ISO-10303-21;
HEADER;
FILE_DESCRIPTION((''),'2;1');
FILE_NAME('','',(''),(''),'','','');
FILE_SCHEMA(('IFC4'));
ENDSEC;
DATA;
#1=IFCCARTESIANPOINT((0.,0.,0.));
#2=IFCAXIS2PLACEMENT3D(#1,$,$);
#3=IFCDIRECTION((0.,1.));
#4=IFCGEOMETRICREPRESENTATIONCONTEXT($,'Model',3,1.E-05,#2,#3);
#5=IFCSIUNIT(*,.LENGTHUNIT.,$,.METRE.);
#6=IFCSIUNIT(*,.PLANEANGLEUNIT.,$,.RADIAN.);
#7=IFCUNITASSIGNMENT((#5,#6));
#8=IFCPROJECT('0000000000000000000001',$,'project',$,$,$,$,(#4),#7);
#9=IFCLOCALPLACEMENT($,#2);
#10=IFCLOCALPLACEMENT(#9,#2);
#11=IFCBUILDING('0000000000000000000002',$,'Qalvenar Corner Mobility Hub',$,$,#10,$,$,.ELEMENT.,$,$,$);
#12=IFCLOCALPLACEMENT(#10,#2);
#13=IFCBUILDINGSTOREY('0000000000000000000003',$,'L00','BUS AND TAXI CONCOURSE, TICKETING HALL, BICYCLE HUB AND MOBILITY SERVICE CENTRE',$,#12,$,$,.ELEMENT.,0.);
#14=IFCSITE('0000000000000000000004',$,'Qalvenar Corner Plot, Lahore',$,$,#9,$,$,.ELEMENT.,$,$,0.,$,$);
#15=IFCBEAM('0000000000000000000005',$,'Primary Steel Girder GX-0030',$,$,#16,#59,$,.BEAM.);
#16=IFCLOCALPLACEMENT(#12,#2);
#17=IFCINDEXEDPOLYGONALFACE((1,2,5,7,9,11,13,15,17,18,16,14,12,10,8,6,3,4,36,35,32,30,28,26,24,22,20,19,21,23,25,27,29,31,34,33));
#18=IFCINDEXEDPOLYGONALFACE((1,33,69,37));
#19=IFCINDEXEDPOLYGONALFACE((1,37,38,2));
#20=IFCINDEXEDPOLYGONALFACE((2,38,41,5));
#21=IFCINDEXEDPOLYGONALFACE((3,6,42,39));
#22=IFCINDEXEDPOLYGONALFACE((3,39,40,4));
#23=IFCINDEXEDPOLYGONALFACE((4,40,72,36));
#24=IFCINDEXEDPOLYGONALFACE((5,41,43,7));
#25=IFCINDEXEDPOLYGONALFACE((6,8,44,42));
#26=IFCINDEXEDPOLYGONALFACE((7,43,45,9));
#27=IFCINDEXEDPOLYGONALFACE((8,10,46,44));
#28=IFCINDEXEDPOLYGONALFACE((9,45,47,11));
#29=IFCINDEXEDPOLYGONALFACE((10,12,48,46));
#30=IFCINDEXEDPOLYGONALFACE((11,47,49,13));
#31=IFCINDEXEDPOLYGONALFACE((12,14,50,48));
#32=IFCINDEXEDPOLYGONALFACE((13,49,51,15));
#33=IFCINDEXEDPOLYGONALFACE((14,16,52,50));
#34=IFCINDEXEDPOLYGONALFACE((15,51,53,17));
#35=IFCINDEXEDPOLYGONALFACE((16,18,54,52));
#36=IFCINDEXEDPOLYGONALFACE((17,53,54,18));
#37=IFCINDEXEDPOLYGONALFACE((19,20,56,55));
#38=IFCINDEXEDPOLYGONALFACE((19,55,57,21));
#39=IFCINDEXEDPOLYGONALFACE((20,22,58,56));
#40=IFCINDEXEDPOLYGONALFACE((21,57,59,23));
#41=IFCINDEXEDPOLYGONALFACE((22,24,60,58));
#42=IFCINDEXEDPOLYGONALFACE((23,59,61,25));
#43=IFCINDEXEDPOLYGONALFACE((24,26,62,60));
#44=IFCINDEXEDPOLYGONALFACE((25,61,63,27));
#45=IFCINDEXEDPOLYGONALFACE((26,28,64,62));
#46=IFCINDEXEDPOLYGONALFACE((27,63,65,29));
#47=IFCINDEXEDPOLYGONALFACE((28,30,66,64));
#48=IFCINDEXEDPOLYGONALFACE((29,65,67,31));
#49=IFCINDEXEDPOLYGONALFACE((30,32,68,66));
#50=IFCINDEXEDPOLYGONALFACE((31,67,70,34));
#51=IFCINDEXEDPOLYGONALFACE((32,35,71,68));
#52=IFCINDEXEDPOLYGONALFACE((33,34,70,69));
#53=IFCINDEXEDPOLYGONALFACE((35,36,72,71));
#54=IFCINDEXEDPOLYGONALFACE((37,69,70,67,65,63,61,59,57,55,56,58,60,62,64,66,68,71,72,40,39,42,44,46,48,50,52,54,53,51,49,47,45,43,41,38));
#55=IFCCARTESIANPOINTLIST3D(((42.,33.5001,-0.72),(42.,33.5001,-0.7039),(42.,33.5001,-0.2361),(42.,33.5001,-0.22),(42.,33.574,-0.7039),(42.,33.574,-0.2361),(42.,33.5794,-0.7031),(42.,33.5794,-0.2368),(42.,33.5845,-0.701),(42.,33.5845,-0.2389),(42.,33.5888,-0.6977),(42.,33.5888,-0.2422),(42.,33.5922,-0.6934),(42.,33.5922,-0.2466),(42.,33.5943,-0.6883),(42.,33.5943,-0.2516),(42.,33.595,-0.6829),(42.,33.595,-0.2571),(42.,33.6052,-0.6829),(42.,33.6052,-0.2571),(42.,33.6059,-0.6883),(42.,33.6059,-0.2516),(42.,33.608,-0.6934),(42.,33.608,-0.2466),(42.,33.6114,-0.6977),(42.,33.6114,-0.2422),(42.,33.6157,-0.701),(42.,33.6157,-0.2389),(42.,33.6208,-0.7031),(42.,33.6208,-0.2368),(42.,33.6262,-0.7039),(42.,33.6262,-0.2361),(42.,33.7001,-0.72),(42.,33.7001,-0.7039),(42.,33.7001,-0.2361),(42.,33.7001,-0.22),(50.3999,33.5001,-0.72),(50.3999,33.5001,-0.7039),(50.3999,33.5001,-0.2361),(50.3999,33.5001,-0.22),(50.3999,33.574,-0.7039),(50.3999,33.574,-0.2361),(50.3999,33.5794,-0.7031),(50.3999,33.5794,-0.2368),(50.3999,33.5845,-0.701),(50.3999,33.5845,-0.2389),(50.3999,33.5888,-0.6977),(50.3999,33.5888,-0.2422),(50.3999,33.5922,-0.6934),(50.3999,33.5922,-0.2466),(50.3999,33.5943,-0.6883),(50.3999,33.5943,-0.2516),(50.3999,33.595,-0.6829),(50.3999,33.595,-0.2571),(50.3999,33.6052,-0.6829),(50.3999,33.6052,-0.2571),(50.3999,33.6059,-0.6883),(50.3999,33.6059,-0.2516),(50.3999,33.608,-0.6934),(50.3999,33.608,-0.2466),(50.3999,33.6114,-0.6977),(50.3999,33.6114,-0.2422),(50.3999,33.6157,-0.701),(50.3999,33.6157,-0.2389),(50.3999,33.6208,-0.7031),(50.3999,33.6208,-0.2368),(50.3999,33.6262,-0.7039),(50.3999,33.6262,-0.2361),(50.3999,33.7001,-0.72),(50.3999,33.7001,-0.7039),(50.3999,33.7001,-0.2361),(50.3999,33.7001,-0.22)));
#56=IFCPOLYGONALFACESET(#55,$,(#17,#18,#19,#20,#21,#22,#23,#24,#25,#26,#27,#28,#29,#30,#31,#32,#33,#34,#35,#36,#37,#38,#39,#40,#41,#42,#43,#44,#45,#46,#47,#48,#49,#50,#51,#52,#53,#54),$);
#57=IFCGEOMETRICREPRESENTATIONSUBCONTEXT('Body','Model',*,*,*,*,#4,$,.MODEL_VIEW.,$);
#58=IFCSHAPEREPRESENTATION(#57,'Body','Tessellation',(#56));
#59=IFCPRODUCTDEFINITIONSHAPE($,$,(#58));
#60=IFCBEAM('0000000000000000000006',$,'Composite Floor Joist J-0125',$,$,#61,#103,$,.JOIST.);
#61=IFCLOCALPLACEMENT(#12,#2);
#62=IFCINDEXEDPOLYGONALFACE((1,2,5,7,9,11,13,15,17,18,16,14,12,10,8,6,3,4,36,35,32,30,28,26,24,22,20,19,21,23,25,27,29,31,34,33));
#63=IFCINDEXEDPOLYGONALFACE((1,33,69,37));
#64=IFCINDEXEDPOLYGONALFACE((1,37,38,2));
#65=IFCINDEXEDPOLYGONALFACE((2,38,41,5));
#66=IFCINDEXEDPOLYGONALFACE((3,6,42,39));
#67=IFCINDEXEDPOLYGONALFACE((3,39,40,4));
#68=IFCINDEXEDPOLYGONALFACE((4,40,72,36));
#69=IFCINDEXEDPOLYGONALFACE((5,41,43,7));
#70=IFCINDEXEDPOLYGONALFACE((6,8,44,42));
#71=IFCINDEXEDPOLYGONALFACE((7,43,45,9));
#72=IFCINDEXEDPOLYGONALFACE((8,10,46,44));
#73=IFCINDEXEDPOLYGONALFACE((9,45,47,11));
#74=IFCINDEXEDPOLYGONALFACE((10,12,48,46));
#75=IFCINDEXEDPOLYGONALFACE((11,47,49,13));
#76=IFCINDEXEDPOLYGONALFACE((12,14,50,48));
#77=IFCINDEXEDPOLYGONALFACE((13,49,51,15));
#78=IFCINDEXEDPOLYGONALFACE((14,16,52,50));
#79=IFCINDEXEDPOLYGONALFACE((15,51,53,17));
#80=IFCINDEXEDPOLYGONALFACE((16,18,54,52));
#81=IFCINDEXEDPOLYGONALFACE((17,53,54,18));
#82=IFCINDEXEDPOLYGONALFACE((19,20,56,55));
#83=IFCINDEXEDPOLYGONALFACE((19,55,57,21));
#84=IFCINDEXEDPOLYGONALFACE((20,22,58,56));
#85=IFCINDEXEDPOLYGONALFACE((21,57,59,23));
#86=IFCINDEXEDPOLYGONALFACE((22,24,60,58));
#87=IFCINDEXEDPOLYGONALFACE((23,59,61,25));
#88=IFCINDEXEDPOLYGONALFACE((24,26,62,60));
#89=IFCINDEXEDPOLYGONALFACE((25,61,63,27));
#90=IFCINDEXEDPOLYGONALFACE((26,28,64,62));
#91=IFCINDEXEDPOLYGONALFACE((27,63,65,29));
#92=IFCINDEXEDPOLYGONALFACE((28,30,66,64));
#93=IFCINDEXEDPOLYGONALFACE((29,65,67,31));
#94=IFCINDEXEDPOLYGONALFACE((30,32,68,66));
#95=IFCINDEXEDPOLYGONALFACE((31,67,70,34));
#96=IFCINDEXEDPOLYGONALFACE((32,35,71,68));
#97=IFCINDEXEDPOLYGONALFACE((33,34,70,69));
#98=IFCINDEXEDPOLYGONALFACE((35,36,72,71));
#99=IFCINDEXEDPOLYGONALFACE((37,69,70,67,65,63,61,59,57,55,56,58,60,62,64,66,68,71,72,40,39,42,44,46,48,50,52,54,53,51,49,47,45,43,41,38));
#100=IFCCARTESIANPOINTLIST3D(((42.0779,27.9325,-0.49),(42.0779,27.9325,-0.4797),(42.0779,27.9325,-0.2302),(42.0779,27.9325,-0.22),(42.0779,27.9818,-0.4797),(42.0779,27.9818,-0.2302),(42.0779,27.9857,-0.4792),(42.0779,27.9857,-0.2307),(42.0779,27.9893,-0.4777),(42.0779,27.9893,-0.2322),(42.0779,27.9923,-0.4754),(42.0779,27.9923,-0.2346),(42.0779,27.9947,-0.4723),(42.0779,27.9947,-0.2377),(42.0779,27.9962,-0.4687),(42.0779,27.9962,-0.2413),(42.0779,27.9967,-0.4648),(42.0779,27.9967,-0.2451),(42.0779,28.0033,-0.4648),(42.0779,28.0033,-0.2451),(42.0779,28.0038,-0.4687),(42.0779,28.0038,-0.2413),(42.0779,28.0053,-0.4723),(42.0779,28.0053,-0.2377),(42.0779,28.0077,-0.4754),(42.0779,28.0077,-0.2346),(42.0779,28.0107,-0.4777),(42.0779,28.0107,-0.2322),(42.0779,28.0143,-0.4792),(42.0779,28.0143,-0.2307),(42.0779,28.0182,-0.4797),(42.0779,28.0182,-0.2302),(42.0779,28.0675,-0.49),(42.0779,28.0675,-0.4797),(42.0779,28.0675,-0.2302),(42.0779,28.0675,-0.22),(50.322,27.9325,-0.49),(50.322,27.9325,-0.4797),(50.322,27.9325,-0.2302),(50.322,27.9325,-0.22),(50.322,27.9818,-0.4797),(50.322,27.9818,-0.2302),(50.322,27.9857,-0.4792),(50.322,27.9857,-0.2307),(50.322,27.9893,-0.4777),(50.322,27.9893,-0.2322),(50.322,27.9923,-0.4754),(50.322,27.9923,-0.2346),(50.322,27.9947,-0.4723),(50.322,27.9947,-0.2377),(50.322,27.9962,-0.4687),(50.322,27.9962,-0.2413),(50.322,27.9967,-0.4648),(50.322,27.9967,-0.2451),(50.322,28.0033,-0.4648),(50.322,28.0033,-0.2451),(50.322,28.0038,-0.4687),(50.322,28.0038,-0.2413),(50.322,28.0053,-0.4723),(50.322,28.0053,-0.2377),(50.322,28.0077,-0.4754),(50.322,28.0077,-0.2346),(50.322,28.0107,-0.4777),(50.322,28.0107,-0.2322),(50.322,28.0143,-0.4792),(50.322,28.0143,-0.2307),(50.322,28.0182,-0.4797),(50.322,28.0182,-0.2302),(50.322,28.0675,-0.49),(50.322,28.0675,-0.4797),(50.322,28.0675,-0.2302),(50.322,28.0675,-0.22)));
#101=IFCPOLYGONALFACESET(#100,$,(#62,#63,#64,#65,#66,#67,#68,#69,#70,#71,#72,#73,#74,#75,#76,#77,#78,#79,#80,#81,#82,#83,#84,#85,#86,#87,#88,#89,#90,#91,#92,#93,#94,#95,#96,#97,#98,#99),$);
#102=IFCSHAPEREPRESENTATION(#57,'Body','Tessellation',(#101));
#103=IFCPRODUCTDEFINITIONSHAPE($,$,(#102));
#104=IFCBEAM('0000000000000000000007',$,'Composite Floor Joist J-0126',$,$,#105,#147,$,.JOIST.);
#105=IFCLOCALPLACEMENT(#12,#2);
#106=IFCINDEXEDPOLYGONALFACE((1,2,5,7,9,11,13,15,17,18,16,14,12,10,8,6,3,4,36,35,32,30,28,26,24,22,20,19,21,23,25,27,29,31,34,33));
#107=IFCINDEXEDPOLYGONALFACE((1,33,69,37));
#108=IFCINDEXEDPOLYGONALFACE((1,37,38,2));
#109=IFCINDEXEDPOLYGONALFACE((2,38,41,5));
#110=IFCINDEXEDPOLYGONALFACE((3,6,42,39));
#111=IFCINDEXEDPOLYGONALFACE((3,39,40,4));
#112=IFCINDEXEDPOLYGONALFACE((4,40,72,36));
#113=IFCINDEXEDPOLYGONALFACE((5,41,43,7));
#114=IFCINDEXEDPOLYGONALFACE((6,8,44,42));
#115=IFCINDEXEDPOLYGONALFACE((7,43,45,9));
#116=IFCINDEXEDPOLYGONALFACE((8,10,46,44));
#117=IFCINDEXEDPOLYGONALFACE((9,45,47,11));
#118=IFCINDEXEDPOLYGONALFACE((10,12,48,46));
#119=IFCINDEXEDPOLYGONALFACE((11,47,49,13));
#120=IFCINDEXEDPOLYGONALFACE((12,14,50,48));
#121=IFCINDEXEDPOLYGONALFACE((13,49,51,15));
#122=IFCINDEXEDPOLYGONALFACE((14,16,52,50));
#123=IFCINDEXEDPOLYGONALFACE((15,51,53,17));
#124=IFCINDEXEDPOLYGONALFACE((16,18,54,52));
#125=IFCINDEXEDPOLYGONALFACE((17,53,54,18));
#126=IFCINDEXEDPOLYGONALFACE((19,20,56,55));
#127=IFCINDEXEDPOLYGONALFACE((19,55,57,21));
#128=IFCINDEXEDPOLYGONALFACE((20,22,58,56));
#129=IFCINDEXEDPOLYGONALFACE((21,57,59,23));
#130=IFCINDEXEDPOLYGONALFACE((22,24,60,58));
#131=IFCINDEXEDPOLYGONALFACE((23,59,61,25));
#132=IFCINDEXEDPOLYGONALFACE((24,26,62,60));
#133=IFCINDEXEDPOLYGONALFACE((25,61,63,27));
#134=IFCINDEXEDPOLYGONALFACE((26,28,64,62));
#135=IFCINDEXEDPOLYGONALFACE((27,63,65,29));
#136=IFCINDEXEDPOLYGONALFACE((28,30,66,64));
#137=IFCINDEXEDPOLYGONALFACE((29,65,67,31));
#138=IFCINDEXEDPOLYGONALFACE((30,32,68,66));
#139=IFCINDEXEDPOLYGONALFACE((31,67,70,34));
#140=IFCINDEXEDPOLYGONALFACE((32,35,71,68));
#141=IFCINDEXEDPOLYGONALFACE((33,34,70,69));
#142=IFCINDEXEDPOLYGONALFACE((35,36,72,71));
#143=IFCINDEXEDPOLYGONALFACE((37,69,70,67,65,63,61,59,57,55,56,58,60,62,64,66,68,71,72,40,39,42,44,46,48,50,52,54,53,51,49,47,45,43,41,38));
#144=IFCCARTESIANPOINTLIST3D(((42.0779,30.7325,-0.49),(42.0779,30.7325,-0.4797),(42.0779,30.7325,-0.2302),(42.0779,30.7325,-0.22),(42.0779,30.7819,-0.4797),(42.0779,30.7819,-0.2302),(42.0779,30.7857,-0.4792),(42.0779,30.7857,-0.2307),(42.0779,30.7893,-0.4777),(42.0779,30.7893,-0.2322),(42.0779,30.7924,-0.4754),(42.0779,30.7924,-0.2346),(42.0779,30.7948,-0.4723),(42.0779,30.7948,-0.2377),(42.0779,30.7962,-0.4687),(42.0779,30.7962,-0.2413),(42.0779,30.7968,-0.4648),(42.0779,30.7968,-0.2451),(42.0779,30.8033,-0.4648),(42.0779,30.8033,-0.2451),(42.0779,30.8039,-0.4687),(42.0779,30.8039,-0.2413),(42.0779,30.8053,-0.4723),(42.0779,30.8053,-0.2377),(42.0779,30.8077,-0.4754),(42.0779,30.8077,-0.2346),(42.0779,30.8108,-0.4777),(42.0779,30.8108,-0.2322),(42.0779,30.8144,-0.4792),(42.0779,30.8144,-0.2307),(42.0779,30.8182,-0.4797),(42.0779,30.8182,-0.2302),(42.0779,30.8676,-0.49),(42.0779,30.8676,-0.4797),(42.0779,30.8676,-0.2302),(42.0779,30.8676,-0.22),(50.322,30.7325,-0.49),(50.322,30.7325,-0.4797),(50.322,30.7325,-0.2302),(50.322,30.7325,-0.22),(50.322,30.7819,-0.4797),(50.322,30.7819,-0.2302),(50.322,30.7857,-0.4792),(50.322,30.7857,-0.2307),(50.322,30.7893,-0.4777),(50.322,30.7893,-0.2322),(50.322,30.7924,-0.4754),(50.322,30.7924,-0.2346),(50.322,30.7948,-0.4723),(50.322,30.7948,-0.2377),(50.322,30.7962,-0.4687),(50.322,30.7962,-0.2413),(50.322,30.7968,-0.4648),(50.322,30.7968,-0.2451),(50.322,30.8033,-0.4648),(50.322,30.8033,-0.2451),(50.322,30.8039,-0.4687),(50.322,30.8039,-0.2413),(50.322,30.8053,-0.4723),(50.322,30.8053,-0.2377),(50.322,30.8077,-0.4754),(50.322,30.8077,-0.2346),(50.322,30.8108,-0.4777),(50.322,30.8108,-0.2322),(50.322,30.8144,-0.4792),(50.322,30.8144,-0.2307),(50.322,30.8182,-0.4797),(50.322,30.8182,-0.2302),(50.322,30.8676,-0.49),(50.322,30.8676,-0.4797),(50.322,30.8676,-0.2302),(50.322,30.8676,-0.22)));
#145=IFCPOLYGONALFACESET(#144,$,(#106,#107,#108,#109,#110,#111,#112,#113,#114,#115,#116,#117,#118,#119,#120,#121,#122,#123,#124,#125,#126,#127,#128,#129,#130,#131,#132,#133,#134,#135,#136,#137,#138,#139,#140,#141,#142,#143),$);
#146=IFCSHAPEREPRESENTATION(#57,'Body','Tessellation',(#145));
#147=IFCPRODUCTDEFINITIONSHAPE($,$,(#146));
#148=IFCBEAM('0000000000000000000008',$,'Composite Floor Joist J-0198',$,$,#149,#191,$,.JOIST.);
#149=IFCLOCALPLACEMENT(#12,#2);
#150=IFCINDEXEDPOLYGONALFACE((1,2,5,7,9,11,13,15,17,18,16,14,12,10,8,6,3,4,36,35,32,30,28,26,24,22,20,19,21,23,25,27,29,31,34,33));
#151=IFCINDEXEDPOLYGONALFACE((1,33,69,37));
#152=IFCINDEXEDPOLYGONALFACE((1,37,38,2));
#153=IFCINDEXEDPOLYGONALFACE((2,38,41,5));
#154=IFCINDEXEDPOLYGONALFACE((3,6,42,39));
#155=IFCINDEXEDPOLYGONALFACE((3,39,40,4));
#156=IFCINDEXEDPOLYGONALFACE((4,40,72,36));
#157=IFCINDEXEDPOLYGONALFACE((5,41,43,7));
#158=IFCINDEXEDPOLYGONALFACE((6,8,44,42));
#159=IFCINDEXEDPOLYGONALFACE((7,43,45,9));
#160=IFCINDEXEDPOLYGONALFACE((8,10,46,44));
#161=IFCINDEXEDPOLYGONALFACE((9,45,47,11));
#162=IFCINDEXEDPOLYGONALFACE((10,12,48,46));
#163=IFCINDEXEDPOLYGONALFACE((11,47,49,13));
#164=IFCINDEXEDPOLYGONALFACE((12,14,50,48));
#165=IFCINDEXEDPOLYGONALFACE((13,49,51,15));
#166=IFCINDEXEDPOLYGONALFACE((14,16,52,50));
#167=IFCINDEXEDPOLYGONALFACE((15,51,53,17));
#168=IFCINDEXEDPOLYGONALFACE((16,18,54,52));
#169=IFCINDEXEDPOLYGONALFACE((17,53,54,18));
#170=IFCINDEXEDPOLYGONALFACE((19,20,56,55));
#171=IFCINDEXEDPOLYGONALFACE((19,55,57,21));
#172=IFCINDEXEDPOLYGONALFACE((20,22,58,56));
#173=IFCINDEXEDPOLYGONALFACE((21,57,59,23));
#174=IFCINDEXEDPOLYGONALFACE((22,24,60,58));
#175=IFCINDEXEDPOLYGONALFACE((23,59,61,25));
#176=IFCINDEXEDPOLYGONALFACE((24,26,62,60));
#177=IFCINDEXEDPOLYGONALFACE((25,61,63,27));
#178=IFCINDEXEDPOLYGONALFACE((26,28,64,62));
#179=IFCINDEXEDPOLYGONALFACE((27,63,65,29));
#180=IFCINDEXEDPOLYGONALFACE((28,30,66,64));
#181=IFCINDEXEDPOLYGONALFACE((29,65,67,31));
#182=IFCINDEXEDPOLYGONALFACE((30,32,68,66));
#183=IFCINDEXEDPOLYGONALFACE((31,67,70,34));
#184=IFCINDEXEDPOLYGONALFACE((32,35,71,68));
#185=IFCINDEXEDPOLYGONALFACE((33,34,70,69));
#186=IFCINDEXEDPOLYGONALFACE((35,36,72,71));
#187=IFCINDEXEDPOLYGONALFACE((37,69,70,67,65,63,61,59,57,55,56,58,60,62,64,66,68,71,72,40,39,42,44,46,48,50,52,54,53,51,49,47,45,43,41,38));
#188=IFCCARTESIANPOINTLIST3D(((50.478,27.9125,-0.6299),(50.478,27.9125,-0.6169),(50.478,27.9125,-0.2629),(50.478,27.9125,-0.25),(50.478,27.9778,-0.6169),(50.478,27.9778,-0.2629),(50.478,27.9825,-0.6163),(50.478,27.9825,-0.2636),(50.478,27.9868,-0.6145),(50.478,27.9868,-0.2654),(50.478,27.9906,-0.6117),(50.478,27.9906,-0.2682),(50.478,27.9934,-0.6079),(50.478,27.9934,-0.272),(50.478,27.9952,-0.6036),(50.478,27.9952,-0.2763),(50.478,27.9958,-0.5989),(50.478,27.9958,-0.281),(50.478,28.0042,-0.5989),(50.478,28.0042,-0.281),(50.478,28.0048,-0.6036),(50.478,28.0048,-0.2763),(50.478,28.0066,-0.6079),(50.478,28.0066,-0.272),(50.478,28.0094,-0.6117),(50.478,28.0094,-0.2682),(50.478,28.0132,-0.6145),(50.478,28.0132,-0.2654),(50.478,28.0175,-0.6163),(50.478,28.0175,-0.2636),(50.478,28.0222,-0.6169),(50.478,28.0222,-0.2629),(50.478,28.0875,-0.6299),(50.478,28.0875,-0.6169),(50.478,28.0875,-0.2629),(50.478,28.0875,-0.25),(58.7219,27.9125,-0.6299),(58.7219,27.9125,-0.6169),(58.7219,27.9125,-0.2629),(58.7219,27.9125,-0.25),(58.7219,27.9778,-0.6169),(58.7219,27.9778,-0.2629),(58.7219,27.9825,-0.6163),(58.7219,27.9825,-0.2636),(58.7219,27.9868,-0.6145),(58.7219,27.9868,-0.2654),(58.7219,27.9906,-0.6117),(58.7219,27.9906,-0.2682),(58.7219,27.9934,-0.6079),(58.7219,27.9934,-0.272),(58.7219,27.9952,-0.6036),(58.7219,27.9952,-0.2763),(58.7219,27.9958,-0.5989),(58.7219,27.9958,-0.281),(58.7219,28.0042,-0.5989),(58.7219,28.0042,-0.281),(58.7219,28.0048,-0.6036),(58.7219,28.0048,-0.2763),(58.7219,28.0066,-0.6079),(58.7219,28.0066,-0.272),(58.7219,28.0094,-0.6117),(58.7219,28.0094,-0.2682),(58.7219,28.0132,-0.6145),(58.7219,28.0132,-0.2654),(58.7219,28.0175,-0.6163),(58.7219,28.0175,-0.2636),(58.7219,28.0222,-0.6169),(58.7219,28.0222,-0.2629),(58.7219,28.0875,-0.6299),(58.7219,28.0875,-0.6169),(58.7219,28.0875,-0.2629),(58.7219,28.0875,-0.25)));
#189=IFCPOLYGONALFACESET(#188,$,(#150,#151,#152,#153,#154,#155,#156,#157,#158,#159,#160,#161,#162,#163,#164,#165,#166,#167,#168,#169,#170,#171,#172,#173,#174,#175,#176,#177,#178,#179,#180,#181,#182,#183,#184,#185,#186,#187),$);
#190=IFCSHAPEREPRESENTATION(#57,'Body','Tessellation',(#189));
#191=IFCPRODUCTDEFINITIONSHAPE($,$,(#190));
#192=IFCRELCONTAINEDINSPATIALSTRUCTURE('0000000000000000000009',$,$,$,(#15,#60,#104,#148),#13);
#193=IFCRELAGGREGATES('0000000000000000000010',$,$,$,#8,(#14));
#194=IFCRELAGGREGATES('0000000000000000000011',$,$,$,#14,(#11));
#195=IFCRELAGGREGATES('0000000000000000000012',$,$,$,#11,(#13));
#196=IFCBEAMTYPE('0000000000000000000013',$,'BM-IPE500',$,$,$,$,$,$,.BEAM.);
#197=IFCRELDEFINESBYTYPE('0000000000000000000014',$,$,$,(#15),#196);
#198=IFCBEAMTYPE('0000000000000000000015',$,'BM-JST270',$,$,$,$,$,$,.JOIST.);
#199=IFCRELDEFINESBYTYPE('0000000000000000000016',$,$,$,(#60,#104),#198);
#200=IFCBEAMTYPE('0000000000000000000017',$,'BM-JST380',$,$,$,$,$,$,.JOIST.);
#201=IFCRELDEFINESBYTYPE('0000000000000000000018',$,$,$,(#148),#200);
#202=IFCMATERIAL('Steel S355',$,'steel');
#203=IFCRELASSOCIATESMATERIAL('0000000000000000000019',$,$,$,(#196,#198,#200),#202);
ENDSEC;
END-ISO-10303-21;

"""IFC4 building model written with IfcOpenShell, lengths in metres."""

from ifc_helpers import new_model, si_unit, direction, frame, origin, origin_2d, place, context, subcontext, project, spatial, i_section, extrude, material, material_profile, profile_set, type_object, element, save


model = new_model("IFC4")

# Units and contexts
model_context = context("Model", 3, precision=1e-05, world=origin(), true_north=direction((0.0, 1.0)))
body_context = subcontext(model_context, "Body", "Model", "MODEL_VIEW")
ifc_project = project(units=[si_unit("LENGTHUNIT", "METRE"), si_unit("PLANEANGLEUNIT", "RADIAN")], contexts=[model_context])

# Site, building, storey
site_placement = place(None, origin())
site = spatial("IfcSite", under=ifc_project, at=site_placement, Name="Qalvenar Corner Plot, Lahore", CompositionType="ELEMENT", RefElevation=0.0)
building_placement = place(site_placement, origin())
building = spatial("IfcBuilding", under=site, at=building_placement, Name="Qalvenar Corner Mobility Hub", CompositionType="ELEMENT")
storey_placement = place(building_placement, origin())
storey = spatial("IfcBuildingStorey", under=building, at=storey_placement, Name="L00", Description="BUS AND TAXI CONCOURSE, TICKETING HALL, BICYCLE HUB AND MOBILITY SERVICE CENTRE", CompositionType="ELEMENT", Elevation=0.0)

# Shared definitions
ifc_material_1 = material(Name="Steel S355", Category="steel")

# Beams
ifc_material_profile_1 = material_profile(ifc_material_1, i_section(OverallWidth=0.2, OverallDepth=0.5, WebThickness=0.0103, FlangeThickness=0.0161, FilletRadius=0.021, at=origin_2d()), Name="IPE500")
ifc_profile_set_1 = profile_set([ifc_material_profile_1], Name="Steel S355")
beam_type_1 = type_object("IfcBeamType", Name="BM-IPE500", PredefinedType="BEAM", material=ifc_profile_set_1)
beam_1_placement = place(storey_placement, frame((42.0, 33.6001, -0.47), z_axis=(1.0, 0.0, 0.0), x_axis=(0.0, 1.0, 0.0)))
element("IfcBeam", 1, at=beam_1_placement, inside=storey, type_object=beam_type_1, Name="Primary Steel Girder GX-0030", PredefinedType="BEAM", context=body_context, shape_type="SweptSolid", body=[
    extrude(i_section(OverallWidth=0.2, OverallDepth=0.5, WebThickness=0.0103, FlangeThickness=0.0161, FilletRadius=0.021, at=origin_2d()), origin(), (0.0, 0.0, 1.0), 8.3999),
])
ifc_material_profile_2 = material_profile(ifc_material_1, i_section(OverallWidth=0.135, OverallDepth=0.27, WebThickness=0.0066, FlangeThickness=0.0103, FilletRadius=0.0149, at=origin_2d()), Name="IPE270")
ifc_profile_set_2 = profile_set([ifc_material_profile_2], Name="Steel S355")
beam_type_2 = type_object("IfcBeamType", Name="BM-JST270", PredefinedType="JOIST", material=ifc_profile_set_2)
for number, where, z_axis, x_axis, name in (
    (2, (42.0779, 28.0, -0.355), (1.0, 0.0, 0.0), (0.0, 1.0, 0.0), "Composite Floor Joist J-0125"),
    (3, (42.0779, 30.8, -0.355), (1.0, 0.0, 0.0), (0.0, 1.0, 0.0), "Composite Floor Joist J-0126"),
):
    element("IfcBeam", number, at=place(storey_placement, frame(where, z_axis=z_axis, x_axis=x_axis)), inside=storey, type_object=beam_type_2, Name=name, PredefinedType="JOIST", context=body_context, shape_type="SweptSolid", body=[
        extrude(i_section(OverallWidth=0.135, OverallDepth=0.27, WebThickness=0.0066, FlangeThickness=0.0103, FilletRadius=0.0149, at=origin_2d()), origin(), (0.0, 0.0, 1.0), 8.2441),
    ])
ifc_material_profile_3 = material_profile(ifc_material_1, i_section(OverallWidth=0.175, OverallDepth=0.3799, WebThickness=0.0083, FlangeThickness=0.0129, FilletRadius=0.0181, at=origin_2d()), Name="IPE380-EQ")
ifc_profile_set_3 = profile_set([ifc_material_profile_3], Name="Steel S355")
beam_type_3 = type_object("IfcBeamType", Name="BM-JST380", PredefinedType="JOIST", material=ifc_profile_set_3)
for number, where, z_axis, x_axis, name in (
    (4, (50.478, 28.0, -0.4399), (1.0, 0.0, 0.0), (0.0, 1.0, 0.0), "Composite Floor Joist J-0198"),
):
    element("IfcBeam", number, at=place(storey_placement, frame(where, z_axis=z_axis, x_axis=x_axis)), inside=storey, type_object=beam_type_3, Name=name, PredefinedType="JOIST", context=body_context, shape_type="SweptSolid", body=[
        extrude(i_section(OverallWidth=0.175, OverallDepth=0.3799, WebThickness=0.0083, FlangeThickness=0.0129, FilletRadius=0.0181, at=origin_2d()), origin(), (0.0, 0.0, 1.0), 8.2439),
    ])

save(model, "model.ifc")
